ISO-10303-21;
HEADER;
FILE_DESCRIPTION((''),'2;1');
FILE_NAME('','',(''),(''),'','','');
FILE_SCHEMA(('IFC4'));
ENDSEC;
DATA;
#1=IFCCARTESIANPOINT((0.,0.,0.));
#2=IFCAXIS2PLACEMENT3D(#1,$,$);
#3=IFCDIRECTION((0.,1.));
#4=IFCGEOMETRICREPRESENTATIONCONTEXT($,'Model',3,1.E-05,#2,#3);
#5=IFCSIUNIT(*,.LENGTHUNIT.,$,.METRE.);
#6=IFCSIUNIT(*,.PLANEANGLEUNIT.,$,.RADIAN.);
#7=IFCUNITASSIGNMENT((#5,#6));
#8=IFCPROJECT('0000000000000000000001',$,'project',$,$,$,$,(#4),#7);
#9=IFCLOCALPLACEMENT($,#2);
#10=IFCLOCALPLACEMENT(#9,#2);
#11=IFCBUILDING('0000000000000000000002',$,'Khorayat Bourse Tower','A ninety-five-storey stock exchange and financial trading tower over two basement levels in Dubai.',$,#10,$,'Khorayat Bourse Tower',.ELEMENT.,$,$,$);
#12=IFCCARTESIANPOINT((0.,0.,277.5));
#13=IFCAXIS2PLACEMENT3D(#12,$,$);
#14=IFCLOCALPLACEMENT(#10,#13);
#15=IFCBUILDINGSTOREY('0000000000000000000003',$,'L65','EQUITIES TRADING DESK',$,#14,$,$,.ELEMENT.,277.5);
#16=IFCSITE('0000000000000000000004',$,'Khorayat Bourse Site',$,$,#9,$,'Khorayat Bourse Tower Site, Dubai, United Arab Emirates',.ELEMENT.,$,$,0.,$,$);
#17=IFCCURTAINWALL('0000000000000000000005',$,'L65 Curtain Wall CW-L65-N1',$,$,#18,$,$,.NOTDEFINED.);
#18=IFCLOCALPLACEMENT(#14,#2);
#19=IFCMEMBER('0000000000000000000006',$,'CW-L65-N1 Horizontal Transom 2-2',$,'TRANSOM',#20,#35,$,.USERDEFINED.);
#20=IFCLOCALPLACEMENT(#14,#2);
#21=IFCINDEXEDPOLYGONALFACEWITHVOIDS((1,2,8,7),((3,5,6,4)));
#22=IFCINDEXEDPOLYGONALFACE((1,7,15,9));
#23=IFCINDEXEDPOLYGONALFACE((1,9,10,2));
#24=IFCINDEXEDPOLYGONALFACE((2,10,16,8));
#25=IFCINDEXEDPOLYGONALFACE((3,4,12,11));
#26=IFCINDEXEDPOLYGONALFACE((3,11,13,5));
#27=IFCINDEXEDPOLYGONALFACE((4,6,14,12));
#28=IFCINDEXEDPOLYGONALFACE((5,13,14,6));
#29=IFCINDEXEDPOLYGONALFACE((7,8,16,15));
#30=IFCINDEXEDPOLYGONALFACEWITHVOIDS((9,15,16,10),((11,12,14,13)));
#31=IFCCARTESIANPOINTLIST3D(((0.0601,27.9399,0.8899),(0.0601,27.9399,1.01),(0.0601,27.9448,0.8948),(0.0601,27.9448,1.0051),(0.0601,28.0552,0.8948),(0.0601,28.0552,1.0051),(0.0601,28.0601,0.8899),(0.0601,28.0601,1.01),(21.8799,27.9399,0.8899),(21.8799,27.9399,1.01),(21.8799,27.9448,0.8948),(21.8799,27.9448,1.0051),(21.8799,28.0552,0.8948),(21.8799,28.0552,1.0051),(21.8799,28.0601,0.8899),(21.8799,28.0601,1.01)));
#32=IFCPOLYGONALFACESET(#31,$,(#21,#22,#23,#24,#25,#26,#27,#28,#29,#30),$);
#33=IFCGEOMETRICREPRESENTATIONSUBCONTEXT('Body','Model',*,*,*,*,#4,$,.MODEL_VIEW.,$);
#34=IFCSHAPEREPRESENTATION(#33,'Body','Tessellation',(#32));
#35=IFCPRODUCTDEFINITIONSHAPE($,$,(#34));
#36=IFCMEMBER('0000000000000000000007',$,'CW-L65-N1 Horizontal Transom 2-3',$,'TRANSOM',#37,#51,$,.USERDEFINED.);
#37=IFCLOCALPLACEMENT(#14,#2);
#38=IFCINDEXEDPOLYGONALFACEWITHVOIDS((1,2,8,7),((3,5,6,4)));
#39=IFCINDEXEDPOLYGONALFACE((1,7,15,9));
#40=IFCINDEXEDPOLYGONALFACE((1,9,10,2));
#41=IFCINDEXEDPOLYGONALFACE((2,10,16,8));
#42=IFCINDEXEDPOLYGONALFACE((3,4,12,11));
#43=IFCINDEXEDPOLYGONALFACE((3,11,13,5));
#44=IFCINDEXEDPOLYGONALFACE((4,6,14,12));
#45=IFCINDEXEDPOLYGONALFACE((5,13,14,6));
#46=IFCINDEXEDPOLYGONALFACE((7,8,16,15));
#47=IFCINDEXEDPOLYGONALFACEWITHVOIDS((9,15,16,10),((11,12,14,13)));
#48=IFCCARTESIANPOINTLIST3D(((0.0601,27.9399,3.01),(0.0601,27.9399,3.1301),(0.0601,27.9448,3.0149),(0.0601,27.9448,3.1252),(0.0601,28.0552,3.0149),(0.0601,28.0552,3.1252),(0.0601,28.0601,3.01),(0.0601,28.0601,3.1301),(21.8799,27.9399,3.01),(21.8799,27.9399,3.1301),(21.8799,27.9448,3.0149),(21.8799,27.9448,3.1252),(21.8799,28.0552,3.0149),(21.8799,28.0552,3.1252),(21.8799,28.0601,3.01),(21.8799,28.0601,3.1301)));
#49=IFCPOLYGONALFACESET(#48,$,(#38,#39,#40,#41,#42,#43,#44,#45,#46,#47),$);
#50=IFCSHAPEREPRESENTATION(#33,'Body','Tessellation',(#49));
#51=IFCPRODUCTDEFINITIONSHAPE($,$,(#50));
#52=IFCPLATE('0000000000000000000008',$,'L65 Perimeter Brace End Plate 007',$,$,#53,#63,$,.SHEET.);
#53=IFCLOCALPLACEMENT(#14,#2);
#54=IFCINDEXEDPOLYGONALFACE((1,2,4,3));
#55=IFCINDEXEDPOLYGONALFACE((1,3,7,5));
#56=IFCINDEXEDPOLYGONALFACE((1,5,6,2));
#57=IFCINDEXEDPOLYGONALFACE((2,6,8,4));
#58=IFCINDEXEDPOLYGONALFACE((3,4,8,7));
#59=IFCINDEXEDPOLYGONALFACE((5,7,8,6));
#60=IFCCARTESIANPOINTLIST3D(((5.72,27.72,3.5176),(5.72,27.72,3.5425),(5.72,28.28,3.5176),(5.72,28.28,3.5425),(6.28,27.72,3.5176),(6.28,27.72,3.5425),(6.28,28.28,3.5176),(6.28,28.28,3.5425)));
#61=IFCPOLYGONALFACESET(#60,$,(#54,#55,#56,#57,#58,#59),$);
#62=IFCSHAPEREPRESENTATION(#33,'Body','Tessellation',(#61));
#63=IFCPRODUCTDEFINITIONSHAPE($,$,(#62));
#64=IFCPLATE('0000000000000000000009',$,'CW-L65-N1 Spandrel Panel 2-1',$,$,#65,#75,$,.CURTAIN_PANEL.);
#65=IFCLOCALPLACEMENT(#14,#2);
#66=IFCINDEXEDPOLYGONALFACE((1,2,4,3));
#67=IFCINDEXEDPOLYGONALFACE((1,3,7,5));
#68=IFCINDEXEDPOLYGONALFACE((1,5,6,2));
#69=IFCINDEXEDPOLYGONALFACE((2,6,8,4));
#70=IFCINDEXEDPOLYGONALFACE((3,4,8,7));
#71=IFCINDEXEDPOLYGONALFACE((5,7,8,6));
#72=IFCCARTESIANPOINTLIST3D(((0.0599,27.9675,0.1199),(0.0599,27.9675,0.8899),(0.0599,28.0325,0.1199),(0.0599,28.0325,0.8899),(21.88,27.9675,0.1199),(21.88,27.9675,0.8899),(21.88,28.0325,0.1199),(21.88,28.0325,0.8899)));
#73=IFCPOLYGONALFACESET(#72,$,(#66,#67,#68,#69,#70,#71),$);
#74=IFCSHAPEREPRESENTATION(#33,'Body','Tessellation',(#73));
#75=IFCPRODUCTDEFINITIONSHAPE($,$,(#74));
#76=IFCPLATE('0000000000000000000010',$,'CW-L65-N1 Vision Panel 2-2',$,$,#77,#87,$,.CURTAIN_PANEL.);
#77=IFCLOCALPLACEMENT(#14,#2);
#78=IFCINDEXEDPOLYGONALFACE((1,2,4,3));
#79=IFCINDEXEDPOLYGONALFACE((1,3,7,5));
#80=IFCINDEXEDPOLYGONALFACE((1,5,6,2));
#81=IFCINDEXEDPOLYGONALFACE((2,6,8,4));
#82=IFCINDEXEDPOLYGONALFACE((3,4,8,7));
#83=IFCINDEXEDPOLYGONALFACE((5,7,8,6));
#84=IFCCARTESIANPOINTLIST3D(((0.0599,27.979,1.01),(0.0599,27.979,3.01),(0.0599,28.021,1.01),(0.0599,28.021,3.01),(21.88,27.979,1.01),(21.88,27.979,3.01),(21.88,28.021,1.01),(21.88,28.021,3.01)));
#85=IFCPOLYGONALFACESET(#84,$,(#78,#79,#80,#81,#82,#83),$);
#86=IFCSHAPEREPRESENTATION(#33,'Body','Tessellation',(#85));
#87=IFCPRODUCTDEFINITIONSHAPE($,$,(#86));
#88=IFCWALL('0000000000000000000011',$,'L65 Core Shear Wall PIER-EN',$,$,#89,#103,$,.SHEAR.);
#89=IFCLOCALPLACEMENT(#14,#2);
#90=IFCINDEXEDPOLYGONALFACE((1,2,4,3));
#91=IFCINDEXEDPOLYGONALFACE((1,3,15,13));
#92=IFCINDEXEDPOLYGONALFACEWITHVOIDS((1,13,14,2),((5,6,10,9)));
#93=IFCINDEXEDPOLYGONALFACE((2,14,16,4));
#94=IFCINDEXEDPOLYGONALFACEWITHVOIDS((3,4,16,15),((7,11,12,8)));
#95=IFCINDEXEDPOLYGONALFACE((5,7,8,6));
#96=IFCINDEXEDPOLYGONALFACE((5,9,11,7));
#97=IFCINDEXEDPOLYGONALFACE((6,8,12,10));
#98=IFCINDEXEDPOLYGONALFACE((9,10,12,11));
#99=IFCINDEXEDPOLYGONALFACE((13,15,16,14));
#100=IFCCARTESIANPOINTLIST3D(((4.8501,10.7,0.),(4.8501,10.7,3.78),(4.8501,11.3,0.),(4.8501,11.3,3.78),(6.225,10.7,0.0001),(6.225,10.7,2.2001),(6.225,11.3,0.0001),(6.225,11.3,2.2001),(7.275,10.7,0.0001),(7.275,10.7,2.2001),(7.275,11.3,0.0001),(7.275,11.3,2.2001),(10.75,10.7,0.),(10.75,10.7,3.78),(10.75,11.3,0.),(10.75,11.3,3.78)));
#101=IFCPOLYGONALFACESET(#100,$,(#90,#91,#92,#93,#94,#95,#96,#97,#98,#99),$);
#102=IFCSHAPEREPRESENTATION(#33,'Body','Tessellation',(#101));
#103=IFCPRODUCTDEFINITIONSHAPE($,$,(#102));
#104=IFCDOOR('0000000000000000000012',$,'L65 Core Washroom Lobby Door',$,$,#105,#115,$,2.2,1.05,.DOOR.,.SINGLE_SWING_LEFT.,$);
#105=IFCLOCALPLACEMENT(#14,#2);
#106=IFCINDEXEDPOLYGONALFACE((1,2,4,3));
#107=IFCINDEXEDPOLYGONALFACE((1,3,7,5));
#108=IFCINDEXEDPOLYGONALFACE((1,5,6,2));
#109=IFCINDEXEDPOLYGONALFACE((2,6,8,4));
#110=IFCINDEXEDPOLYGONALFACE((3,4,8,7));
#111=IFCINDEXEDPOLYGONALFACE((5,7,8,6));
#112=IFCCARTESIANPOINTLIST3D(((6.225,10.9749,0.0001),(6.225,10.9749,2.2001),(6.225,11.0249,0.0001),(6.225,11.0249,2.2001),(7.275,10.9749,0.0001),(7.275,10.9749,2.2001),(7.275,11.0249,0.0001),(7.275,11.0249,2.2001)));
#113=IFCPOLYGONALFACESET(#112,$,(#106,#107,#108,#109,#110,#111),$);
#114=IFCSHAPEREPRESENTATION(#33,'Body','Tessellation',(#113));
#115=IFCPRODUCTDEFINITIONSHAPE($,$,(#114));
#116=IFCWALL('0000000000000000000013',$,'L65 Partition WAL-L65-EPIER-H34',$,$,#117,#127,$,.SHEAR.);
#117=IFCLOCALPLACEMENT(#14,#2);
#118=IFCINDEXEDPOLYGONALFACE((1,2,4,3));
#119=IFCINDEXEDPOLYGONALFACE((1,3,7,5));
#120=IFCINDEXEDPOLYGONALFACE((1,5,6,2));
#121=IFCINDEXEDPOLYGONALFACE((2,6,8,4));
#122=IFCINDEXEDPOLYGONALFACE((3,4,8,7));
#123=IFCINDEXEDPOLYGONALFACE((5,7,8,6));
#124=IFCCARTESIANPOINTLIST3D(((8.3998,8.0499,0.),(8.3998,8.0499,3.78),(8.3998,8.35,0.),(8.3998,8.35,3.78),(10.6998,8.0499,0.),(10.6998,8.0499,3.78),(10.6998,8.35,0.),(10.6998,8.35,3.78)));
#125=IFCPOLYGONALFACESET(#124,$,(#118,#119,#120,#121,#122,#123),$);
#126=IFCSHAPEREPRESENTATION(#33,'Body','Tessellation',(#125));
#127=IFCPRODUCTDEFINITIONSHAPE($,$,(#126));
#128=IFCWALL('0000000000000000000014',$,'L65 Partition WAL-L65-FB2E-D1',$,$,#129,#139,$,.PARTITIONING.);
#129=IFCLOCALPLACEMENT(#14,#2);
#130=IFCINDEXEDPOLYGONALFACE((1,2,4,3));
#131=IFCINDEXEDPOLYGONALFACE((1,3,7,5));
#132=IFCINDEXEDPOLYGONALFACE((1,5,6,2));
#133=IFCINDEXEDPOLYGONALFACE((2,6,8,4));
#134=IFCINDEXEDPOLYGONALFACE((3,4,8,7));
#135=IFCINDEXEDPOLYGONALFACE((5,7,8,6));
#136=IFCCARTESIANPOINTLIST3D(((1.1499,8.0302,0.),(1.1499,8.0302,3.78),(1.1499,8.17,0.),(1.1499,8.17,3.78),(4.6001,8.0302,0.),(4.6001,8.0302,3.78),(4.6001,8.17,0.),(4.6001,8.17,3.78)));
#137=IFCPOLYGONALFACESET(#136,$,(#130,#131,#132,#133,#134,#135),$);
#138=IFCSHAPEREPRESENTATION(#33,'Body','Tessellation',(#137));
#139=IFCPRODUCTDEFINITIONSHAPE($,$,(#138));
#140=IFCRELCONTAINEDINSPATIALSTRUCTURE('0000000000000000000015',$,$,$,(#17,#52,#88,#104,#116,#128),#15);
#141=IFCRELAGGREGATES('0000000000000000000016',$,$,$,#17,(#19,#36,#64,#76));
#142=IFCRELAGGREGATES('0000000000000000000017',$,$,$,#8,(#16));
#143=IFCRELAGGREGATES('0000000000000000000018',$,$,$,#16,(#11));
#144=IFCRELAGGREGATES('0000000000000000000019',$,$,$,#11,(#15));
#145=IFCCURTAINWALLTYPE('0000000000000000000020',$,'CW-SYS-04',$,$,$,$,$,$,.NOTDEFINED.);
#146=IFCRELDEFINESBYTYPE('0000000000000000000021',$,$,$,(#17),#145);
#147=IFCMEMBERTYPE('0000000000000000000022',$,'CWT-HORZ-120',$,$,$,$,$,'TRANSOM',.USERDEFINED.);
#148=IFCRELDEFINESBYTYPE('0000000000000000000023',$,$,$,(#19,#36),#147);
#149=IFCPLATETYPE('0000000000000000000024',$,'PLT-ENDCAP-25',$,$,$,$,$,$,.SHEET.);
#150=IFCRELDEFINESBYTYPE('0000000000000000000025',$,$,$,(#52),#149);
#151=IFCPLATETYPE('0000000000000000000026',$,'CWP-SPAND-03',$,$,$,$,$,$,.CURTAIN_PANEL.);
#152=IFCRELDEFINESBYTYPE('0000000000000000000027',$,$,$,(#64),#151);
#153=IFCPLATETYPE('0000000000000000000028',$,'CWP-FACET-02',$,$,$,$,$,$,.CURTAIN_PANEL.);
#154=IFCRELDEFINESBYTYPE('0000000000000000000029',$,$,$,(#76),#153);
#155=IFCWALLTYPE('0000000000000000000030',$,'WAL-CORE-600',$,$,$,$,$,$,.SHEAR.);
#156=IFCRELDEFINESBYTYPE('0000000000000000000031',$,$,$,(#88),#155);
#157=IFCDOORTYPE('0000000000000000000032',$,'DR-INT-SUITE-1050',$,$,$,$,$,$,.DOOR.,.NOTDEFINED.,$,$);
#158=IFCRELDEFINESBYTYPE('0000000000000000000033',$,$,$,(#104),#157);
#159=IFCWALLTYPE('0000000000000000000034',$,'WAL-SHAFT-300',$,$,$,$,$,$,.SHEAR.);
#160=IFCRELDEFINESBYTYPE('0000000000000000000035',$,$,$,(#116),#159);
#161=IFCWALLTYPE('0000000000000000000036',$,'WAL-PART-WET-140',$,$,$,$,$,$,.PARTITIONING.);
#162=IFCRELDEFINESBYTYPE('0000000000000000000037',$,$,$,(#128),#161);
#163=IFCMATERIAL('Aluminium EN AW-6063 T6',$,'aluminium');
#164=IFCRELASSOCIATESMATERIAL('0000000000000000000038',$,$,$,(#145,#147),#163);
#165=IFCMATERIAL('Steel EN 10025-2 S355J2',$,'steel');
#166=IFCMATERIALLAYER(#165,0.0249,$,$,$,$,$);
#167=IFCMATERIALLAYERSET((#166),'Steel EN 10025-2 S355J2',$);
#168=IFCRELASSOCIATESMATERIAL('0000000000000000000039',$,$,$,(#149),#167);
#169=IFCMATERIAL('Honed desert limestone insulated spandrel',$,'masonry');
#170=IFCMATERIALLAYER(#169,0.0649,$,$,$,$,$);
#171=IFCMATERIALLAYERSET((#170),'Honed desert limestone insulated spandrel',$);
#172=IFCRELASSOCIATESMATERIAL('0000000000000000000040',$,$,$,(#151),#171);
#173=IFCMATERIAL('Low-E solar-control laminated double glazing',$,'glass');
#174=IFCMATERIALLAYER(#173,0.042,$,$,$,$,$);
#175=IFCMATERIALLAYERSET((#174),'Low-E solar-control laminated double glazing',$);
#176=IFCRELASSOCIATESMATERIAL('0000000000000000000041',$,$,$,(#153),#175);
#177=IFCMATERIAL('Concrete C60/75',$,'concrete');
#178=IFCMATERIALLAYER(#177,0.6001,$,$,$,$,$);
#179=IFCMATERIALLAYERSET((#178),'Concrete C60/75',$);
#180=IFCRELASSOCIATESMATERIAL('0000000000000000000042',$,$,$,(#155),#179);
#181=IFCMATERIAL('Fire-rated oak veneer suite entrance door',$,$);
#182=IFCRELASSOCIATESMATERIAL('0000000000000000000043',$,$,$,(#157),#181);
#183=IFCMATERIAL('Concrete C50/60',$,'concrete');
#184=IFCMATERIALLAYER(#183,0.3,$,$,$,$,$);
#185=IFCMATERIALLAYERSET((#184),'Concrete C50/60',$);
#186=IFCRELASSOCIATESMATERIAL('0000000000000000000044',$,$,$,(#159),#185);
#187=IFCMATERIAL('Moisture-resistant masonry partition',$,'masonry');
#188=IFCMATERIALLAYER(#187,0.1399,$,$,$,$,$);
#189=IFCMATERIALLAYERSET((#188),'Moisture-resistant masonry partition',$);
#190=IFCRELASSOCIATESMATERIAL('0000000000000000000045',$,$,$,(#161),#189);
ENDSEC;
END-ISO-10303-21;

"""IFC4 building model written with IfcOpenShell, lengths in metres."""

from ifc_helpers import new_model, si_unit, direction, frame, frame_2d, origin, origin_2d, place, context, subcontext, project, spatial, rectangle, hollow_rectangle, extrude, source, transform, mapped, material, layer, layer_set, material_profile, profile_set, type_object, element, fill, aggregate, save


model = new_model("IFC4")

# Units and contexts
model_context = context("Model", 3, precision=1e-05, world=origin(), true_north=direction((0.0, 1.0)))
body_context = subcontext(model_context, "Body", "Model", "MODEL_VIEW")
ifc_project = project(units=[si_unit("LENGTHUNIT", "METRE"), si_unit("PLANEANGLEUNIT", "RADIAN")], contexts=[model_context])

# Site, building, storey
site_placement = place(None, origin())
site = spatial("IfcSite", under=ifc_project, at=site_placement, Name="Khorayat Bourse Site", LongName="Khorayat Bourse Tower Site, Dubai, United Arab Emirates", CompositionType="ELEMENT", RefElevation=0.0)
building_placement = place(site_placement, origin())
building = spatial("IfcBuilding", under=site, at=building_placement, Name="Khorayat Bourse Tower", Description="A ninety-five-storey stock exchange and financial trading tower over two basement levels in Dubai.", LongName="Khorayat Bourse Tower", CompositionType="ELEMENT")
storey_placement = place(building_placement, frame((0.0, 0.0, 277.5)))
storey = spatial("IfcBuildingStorey", under=building, at=storey_placement, Name="L65", Description="EQUITIES TRADING DESK", CompositionType="ELEMENT", Elevation=277.5)

# Shared definitions
ifc_material_1 = material(Name="Concrete C60/75", Category="concrete")

# Curtain wall, members
ifc_material_2 = material(Name="Aluminium EN AW-6063 T6", Category="aluminium")
curtain_wall_type = type_object("IfcCurtainWallType", Name="CW-SYS-04", PredefinedType="NOTDEFINED", material=ifc_material_2)
curtain_wall_placement = place(storey_placement, origin())
curtain_wall = element("IfcCurtainWall", 1, at=curtain_wall_placement, inside=storey, type_object=curtain_wall_type, Name="L65 Curtain Wall CW-L65-N1", PredefinedType="NOTDEFINED")
ifc_material_profile_1 = material_profile(ifc_material_2, hollow_rectangle(XDim=0.1201, YDim=0.1201, WallThickness=0.0049, at=origin_2d()), Name="ALU 120x120x5")
ifc_profile_set_1 = profile_set([ifc_material_profile_1], Name="Aluminium EN AW-6063 T6")
member_type_1 = type_object("IfcMemberType", Name="CWT-HORZ-120", ElementType="TRANSOM", PredefinedType="USERDEFINED", material=ifc_profile_set_1)
shared_shape_1 = source(origin(), body_context, "Body", "SweptSolid", [
    extrude(hollow_rectangle(XDim=0.1201, YDim=0.1201, WallThickness=0.0049, at=origin_2d()), origin(), (0.0, 0.0, 1.0), 21.8198),
])
member_1_placement = place(storey_placement, frame((0.0601, 28.0, 0.95), z_axis=(1.0, 0.0, 0.0), x_axis=(0.0, 1.0, 0.0)))
member_1 = element("IfcMember", 2, at=member_1_placement, type_object=member_type_1, Name="CW-L65-N1 Horizontal Transom 2-2", ObjectType="TRANSOM", PredefinedType="USERDEFINED", context=body_context, shape_type="MappedRepresentation", body=[
    mapped(shared_shape_1, transform((0.0, 0.0, 0.0), scale=1.0)),
])
member_2_placement = place(storey_placement, frame((0.0601, 28.0, 3.0701), z_axis=(1.0, 0.0, 0.0), x_axis=(0.0, 1.0, 0.0)))
member_2 = element("IfcMember", 3, at=member_2_placement, type_object=member_type_1, Name="CW-L65-N1 Horizontal Transom 2-3", ObjectType="TRANSOM", PredefinedType="USERDEFINED", context=body_context, shape_type="MappedRepresentation", body=[
    mapped(shared_shape_1, transform((0.0, 0.0, 0.0), scale=1.0)),
])

# Plates
ifc_material_3 = material(Name="Steel EN 10025-2 S355J2", Category="steel")
ifc_layer_1 = layer(ifc_material_3, 0.0249)
ifc_layer_set_1 = layer_set([ifc_layer_1], Name="Steel EN 10025-2 S355J2")
plate_type_1 = type_object("IfcPlateType", Name="PLT-ENDCAP-25", PredefinedType="SHEET", material=ifc_layer_set_1)
shared_shape_2 = source(origin(), body_context, "Body", "SweptSolid", [
    extrude(rectangle(XDim=0.5601, YDim=0.5601, at=origin_2d()), origin(), (0.0, 0.0, 1.0), 0.0249),
])
plate_1_placement = place(storey_placement, frame((6.0, 28.0, 3.5176), z_axis=(0.0, 0.0, 1.0), x_axis=(1.0, 0.0, 0.0)))
element("IfcPlate", 4, at=plate_1_placement, inside=storey, type_object=plate_type_1, Name="L65 Perimeter Brace End Plate 007", PredefinedType="SHEET", context=body_context, shape_type="MappedRepresentation", body=[
    mapped(shared_shape_2, transform((0.0, 0.0, 0.0), scale=1.0)),
])
ifc_material_4 = material(Name="Honed desert limestone insulated spandrel", Category="masonry")
ifc_layer_2 = layer(ifc_material_4, 0.0649)
ifc_layer_set_2 = layer_set([ifc_layer_2], Name="Honed desert limestone insulated spandrel")
plate_type_2 = type_object("IfcPlateType", Name="CWP-SPAND-03", PredefinedType="CURTAIN_PANEL", material=ifc_layer_set_2)
shared_shape_3 = source(origin(), body_context, "Body", "SweptSolid", [
    extrude(rectangle(XDim=21.8201, YDim=0.0649, at=origin_2d()), origin(), (0.0, 0.0, 1.0), 0.77),
])
plate_2_placement = place(storey_placement, frame((10.97, 28.0, 0.1199), z_axis=(0.0, 0.0, 1.0), x_axis=(1.0, 0.0, 0.0)))
plate_2 = element("IfcPlate", 5, at=plate_2_placement, type_object=plate_type_2, Name="CW-L65-N1 Spandrel Panel 2-1", PredefinedType="CURTAIN_PANEL", context=body_context, shape_type="MappedRepresentation", body=[
    mapped(shared_shape_3, transform((0.0, 0.0, 0.0), scale=1.0)),
])
ifc_material_5 = material(Name="Low-E solar-control laminated double glazing", Category="glass")
ifc_layer_3 = layer(ifc_material_5, 0.042)
ifc_layer_set_3 = layer_set([ifc_layer_3], Name="Low-E solar-control laminated double glazing")
plate_type_3 = type_object("IfcPlateType", Name="CWP-FACET-02", PredefinedType="CURTAIN_PANEL", material=ifc_layer_set_3)
shared_shape_4 = source(origin(), body_context, "Body", "SweptSolid", [
    extrude(rectangle(XDim=21.8201, YDim=0.042, at=origin_2d()), origin(), (0.0, 0.0, 1.0), 2.0),
])
plate_3_placement = place(storey_placement, frame((10.97, 28.0, 1.01), z_axis=(0.0, 0.0, 1.0), x_axis=(1.0, 0.0, 0.0)))
plate_3 = element("IfcPlate", 6, at=plate_3_placement, type_object=plate_type_3, Name="CW-L65-N1 Vision Panel 2-2", PredefinedType="CURTAIN_PANEL", context=body_context, shape_type="MappedRepresentation", body=[
    mapped(shared_shape_4, transform((0.0, 0.0, 0.0), scale=1.0)),
])
aggregate(curtain_wall, [member_1, member_2, plate_2, plate_3])

# Wall, opening, door
ifc_layer_4 = layer(ifc_material_1, 0.6001)
ifc_layer_set_4 = layer_set([ifc_layer_4], Name="Concrete C60/75")
wall_type_1 = type_object("IfcWallType", Name="WAL-CORE-600", PredefinedType="SHEAR", material=ifc_layer_set_4)
shared_shape_5 = source(origin(), body_context, "Body", "SweptSolid", [
    extrude(rectangle(XDim=5.8999, YDim=0.6001, at=frame_2d((2.95, 0.0))), origin(), (0.0, 0.0, 1.0), 3.78),
])
wall_1_placement = place(storey_placement, frame((4.8501, 11.0, 0.0), z_axis=(0.0, 0.0, 1.0), x_axis=(1.0, 0.0, 0.0)))
wall_1 = element("IfcWall", 7, at=wall_1_placement, inside=storey, type_object=wall_type_1, Name="L65 Core Shear Wall PIER-EN", PredefinedType="SHEAR", context=body_context, shape_type="MappedRepresentation", body=[
    mapped(shared_shape_5, transform((0.0, 0.0, 0.0), scale=1.0)),
])
shared_shape_6 = source(origin(), body_context, "Body", "SweptSolid", [
    extrude(rectangle(XDim=1.05, YDim=2.2, at=frame_2d((0.5249, 1.1001))), frame((0.0, 0.3101, 0.0), z_axis=(0.0, -1.0, 0.0), x_axis=(1.0, 0.0, 0.0)), (0.0, 0.0, 1.0), 0.6201),
])
opening_1_placement = place(wall_1_placement, frame((1.375, 0.0, 0.0)))
opening_1 = element("IfcOpeningElement", 8, at=opening_1_placement, cuts=wall_1, PredefinedType="OPENING", context=body_context, shape_type="MappedRepresentation", body=[
    mapped(shared_shape_6, transform((0.0, 0.0, 0.0), scale=1.0)),
])
ifc_material_6 = material(Name="Fire-rated oak veneer suite entrance door")
door_type_1 = type_object("IfcDoorType", Name="DR-INT-SUITE-1050", OperationType="NOTDEFINED", PredefinedType="DOOR", material=ifc_material_6)
shared_shape_7 = source(origin(), body_context, "Body", "SweptSolid", [
    extrude(rectangle(XDim=1.05, YDim=2.2, at=frame_2d((0.5249, 1.1001))), frame((0.0, 0.0249, 0.0), z_axis=(0.0, -1.0, 0.0), x_axis=(1.0, 0.0, 0.0)), (0.0, 0.0, 1.0), 0.05),
])
door_1_placement = place(opening_1_placement, origin())
door_1 = element("IfcDoor", 9, at=door_1_placement, inside=storey, type_object=door_type_1, Name="L65 Core Washroom Lobby Door", OperationType="SINGLE_SWING_LEFT", OverallHeight=2.2, OverallWidth=1.05, PredefinedType="DOOR", context=body_context, shape_type="MappedRepresentation", body=[
    mapped(shared_shape_7, transform((0.0, 0.0, 0.0), scale=1.0)),
])
fill(opening_1, door_1)

# Wall
ifc_material_7 = material(Name="Concrete C50/60", Category="concrete")
ifc_layer_5 = layer(ifc_material_7, 0.3)
ifc_layer_set_5 = layer_set([ifc_layer_5], Name="Concrete C50/60")
wall_type_2 = type_object("IfcWallType", Name="WAL-SHAFT-300", PredefinedType="SHEAR", material=ifc_layer_set_5)
shared_shape_8 = source(origin(), body_context, "Body", "SweptSolid", [
    extrude(rectangle(XDim=2.3, YDim=0.3, at=frame_2d((1.1499, 0.0))), origin(), (0.0, 0.0, 1.0), 3.78),
])
wall_2_placement = place(storey_placement, frame((8.3999, 8.2, 0.0), z_axis=(0.0, 0.0, 1.0), x_axis=(1.0, 0.0, 0.0)))
element("IfcWall", 10, at=wall_2_placement, inside=storey, type_object=wall_type_2, Name="L65 Partition WAL-L65-EPIER-H34", PredefinedType="SHEAR", context=body_context, shape_type="MappedRepresentation", body=[
    mapped(shared_shape_8, transform((0.0, 0.0, 0.0), scale=1.0)),
])

# Shared definitions
ifc_material_8 = material(Name="Moisture-resistant masonry partition", Category="masonry")
ifc_layer_6 = layer(ifc_material_8, 0.1399)
ifc_layer_set_6 = layer_set([ifc_layer_6], Name="Moisture-resistant masonry partition")
wall_type_3 = type_object("IfcWallType", Name="WAL-PART-WET-140", PredefinedType="PARTITIONING", material=ifc_layer_set_6)

# Wall
shared_shape_9 = source(origin(), body_context, "Body", "SweptSolid", [
    extrude(rectangle(XDim=3.4502, YDim=0.1399, at=frame_2d((1.7251, 0.0))), origin(), (0.0, 0.0, 1.0), 3.78),
])
wall_3_placement = place(storey_placement, frame((1.1499, 8.1001, 0.0), z_axis=(0.0, 0.0, 1.0), x_axis=(1.0, 0.0, 0.0)))
element("IfcWall", 11, at=wall_3_placement, inside=storey, type_object=wall_type_3, Name="L65 Partition WAL-L65-FB2E-D1", PredefinedType="PARTITIONING", context=body_context, shape_type="MappedRepresentation", body=[
    mapped(shared_shape_9, transform((0.0, 0.0, 0.0), scale=1.0)),
])

save(model, "model.ifc")
